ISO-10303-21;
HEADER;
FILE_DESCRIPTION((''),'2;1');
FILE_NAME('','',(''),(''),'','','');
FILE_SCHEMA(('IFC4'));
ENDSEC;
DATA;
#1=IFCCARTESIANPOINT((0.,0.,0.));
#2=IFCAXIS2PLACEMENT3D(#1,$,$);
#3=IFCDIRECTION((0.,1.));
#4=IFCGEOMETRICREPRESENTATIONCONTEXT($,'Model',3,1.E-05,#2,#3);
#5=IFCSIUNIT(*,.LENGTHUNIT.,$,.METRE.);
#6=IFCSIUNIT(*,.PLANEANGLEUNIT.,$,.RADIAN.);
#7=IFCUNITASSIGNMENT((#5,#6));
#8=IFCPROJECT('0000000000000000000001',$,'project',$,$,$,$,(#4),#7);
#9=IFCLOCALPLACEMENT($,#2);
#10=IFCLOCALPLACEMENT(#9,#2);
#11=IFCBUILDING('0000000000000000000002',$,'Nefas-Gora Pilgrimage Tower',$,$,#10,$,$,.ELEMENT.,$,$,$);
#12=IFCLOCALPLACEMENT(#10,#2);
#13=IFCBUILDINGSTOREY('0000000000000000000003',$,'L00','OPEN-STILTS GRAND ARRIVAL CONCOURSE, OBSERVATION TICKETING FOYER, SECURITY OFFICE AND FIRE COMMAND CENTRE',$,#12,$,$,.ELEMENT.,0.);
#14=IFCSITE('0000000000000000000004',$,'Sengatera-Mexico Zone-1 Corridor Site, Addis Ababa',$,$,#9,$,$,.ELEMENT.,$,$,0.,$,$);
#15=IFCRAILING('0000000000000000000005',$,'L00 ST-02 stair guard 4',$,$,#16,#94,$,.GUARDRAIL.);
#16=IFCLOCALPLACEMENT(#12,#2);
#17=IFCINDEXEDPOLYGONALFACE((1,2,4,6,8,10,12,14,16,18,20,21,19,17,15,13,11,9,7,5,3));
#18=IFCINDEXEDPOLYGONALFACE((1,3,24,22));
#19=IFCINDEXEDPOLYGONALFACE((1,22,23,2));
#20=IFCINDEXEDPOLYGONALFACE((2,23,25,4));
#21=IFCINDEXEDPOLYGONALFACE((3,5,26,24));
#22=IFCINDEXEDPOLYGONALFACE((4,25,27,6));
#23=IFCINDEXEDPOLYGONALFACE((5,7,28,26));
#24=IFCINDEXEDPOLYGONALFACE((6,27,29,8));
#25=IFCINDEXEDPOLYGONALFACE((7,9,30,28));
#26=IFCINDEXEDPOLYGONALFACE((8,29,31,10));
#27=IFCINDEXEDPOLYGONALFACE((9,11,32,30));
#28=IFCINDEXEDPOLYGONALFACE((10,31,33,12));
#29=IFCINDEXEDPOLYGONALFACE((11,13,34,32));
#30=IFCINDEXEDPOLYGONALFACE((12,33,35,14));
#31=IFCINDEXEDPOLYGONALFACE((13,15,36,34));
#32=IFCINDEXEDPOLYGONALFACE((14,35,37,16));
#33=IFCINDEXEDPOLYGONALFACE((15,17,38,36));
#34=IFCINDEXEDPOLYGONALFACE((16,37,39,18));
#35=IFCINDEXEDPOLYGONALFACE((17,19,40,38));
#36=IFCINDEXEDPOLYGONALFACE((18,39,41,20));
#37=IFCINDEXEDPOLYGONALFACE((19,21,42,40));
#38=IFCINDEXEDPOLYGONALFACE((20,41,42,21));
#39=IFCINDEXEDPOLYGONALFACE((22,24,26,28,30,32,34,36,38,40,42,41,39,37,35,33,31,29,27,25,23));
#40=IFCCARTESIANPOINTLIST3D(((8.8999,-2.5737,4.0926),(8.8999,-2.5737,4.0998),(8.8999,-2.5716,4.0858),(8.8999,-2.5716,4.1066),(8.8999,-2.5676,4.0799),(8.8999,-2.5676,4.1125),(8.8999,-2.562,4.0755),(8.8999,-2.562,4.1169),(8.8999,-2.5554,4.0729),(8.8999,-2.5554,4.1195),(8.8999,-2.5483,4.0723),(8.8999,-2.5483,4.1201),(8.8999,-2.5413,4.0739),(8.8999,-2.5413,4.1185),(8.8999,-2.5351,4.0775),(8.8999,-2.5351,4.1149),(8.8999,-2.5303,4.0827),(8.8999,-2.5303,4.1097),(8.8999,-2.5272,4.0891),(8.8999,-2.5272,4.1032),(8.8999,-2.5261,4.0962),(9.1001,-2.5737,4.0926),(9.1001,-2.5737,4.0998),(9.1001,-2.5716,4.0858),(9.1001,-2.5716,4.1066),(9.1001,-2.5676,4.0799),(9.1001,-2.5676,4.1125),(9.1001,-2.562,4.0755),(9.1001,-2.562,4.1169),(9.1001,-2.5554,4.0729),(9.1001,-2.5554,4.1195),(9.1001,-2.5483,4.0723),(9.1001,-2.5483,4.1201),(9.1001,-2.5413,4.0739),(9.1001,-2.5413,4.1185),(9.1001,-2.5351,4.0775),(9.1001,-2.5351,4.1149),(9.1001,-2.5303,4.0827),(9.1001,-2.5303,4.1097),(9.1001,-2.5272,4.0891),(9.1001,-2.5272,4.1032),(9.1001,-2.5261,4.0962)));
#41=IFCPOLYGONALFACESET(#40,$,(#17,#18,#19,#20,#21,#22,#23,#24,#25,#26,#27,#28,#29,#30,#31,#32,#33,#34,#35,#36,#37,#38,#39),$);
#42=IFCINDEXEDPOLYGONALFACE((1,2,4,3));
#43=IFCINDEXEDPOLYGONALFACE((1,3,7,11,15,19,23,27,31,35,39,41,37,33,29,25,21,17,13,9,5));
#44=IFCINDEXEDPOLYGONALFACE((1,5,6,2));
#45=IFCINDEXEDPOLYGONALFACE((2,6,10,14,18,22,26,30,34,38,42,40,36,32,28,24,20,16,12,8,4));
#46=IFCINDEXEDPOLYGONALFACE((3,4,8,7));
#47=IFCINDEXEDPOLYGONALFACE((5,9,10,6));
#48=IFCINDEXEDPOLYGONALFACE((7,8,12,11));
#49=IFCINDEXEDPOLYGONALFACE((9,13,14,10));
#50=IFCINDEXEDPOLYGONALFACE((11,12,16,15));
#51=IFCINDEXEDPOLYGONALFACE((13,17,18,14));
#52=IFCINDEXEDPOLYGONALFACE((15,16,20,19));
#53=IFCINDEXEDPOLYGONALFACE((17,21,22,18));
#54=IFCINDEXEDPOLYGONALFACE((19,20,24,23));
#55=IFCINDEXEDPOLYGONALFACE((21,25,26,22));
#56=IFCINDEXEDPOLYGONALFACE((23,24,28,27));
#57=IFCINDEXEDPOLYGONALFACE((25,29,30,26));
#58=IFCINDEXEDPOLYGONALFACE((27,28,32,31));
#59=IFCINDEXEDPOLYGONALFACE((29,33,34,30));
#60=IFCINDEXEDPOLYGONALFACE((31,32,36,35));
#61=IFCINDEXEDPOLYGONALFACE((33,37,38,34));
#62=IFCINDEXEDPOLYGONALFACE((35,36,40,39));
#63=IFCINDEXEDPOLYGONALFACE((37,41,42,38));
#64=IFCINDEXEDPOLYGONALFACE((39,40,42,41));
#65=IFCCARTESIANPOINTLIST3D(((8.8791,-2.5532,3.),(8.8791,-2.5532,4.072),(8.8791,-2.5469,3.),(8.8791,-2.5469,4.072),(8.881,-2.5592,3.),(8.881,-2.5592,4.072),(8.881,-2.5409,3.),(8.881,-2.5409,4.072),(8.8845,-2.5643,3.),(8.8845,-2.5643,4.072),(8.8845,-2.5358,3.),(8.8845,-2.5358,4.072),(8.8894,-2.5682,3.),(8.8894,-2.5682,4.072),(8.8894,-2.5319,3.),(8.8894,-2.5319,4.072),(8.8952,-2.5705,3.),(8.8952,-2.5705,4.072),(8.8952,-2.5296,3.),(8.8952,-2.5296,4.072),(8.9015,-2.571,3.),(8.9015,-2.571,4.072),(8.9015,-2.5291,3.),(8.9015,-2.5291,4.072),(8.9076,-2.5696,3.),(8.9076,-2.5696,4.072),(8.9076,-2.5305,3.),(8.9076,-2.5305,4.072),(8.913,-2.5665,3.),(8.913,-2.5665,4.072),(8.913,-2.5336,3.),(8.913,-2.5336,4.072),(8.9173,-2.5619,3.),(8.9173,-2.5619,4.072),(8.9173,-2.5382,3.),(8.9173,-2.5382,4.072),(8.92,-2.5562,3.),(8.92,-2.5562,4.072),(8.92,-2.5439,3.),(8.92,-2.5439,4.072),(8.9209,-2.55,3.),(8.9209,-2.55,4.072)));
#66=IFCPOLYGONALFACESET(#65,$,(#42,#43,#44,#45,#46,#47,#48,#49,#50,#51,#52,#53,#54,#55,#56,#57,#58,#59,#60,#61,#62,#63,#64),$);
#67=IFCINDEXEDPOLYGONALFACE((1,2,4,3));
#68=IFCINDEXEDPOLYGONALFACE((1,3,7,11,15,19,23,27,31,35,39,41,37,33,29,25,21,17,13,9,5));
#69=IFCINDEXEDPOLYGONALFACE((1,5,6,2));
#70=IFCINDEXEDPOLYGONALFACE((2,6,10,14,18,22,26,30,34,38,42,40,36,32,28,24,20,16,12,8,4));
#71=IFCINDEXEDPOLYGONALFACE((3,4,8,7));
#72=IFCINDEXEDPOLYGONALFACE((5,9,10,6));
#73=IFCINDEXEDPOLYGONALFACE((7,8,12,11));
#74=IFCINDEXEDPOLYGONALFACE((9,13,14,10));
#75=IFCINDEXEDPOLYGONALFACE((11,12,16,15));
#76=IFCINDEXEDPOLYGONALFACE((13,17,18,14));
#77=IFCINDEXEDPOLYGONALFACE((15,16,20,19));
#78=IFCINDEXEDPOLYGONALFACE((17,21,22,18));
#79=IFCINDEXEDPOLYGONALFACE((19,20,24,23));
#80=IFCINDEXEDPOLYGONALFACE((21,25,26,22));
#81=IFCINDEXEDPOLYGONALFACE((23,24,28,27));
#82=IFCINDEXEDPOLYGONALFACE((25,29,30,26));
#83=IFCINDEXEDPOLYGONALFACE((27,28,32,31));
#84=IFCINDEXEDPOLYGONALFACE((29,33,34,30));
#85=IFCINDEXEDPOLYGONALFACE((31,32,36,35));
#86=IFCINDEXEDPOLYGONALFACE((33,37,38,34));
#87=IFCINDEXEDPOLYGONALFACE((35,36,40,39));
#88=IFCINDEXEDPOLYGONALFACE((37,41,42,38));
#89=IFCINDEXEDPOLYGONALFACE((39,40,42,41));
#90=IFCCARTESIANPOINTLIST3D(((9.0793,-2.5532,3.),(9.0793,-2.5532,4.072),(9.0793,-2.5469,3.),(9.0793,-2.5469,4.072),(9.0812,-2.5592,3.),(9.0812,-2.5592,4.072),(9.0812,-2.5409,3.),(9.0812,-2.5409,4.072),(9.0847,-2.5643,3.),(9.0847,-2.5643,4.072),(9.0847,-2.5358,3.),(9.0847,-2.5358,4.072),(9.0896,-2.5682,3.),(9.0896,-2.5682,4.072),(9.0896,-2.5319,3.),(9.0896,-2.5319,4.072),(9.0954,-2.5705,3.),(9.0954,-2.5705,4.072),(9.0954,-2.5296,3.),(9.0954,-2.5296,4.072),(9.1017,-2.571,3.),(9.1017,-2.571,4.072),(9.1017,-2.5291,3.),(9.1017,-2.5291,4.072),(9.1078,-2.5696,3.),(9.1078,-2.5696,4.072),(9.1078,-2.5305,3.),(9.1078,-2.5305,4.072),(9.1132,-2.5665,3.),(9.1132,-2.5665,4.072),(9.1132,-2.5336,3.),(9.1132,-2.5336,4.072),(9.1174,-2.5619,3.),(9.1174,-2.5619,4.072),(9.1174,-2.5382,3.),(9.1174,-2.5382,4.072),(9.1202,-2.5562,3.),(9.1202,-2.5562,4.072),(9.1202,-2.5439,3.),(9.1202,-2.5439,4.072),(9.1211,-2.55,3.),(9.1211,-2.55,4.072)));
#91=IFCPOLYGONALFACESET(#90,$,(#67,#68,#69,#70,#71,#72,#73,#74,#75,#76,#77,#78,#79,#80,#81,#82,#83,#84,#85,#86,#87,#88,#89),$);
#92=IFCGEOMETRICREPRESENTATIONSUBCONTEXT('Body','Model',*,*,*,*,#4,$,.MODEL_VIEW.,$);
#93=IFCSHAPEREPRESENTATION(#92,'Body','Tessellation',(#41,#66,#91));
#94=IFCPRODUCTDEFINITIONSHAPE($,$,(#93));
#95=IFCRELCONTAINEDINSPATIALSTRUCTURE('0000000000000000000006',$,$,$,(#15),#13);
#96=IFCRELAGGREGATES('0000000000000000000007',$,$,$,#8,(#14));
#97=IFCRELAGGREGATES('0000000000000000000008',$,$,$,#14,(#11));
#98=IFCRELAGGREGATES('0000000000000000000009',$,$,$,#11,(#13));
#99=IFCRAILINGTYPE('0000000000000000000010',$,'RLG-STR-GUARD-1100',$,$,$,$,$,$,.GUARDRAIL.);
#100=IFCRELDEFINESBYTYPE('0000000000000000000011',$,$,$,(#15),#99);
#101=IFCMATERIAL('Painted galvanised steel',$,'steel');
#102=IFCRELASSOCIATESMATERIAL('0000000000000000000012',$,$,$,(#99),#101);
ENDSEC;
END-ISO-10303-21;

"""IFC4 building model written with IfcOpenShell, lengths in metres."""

from ifc_helpers import new_model, si_unit, direction, frame, origin, origin_2d, place, context, subcontext, project, spatial, circle, extrude, material, type_object, element, save


model = new_model("IFC4")

# Units and contexts
model_context = context("Model", 3, precision=1e-05, world=origin(), true_north=direction((0.0, 1.0)))
body_context = subcontext(model_context, "Body", "Model", "MODEL_VIEW")
ifc_project = project(units=[si_unit("LENGTHUNIT", "METRE"), si_unit("PLANEANGLEUNIT", "RADIAN")], contexts=[model_context])

# Site, building, storey
site_placement = place(None, origin())
site = spatial("IfcSite", under=ifc_project, at=site_placement, Name="Sengatera-Mexico Zone-1 Corridor Site, Addis Ababa", CompositionType="ELEMENT", RefElevation=0.0)
building_placement = place(site_placement, origin())
building = spatial("IfcBuilding", under=site, at=building_placement, Name="Nefas-Gora Pilgrimage Tower", CompositionType="ELEMENT")
storey_placement = place(building_placement, origin())
storey = spatial("IfcBuildingStorey", under=building, at=storey_placement, Name="L00", Description="OPEN-STILTS GRAND ARRIVAL CONCOURSE, OBSERVATION TICKETING FOYER, SECURITY OFFICE AND FIRE COMMAND CENTRE", CompositionType="ELEMENT", Elevation=0.0)

# Railing
ifc_material_1 = material(Name="Painted galvanised steel", Category="steel")
railing_type_1 = type_object("IfcRailingType", Name="RLG-STR-GUARD-1100", PredefinedType="GUARDRAIL", material=ifc_material_1)
railing_1_placement = place(storey_placement, frame((8.8999, -2.55, 3.0)))
element("IfcRailing", 1, at=railing_1_placement, inside=storey, type_object=railing_type_1, Name="L00 ST-02 stair guard 4", PredefinedType="GUARDRAIL", context=body_context, shape_type="SweptSolid", body=[
    extrude(circle(Radius=0.0239, at=origin_2d()), frame((0.0, 0.0, 1.0962), z_axis=(1.0, 0.0, 0.0), x_axis=(0.0, 1.0, 0.0)), (0.0, 0.0, 1.0), 0.2002),
    extrude(circle(Radius=0.021, at=origin_2d()), origin(), (0.0, 0.0, 1.0), 1.072),
    extrude(circle(Radius=0.021, at=origin_2d()), frame((0.2002, 0.0, 0.0)), (0.0, 0.0, 1.0), 1.072),
])

save(model, "model.ifc")
